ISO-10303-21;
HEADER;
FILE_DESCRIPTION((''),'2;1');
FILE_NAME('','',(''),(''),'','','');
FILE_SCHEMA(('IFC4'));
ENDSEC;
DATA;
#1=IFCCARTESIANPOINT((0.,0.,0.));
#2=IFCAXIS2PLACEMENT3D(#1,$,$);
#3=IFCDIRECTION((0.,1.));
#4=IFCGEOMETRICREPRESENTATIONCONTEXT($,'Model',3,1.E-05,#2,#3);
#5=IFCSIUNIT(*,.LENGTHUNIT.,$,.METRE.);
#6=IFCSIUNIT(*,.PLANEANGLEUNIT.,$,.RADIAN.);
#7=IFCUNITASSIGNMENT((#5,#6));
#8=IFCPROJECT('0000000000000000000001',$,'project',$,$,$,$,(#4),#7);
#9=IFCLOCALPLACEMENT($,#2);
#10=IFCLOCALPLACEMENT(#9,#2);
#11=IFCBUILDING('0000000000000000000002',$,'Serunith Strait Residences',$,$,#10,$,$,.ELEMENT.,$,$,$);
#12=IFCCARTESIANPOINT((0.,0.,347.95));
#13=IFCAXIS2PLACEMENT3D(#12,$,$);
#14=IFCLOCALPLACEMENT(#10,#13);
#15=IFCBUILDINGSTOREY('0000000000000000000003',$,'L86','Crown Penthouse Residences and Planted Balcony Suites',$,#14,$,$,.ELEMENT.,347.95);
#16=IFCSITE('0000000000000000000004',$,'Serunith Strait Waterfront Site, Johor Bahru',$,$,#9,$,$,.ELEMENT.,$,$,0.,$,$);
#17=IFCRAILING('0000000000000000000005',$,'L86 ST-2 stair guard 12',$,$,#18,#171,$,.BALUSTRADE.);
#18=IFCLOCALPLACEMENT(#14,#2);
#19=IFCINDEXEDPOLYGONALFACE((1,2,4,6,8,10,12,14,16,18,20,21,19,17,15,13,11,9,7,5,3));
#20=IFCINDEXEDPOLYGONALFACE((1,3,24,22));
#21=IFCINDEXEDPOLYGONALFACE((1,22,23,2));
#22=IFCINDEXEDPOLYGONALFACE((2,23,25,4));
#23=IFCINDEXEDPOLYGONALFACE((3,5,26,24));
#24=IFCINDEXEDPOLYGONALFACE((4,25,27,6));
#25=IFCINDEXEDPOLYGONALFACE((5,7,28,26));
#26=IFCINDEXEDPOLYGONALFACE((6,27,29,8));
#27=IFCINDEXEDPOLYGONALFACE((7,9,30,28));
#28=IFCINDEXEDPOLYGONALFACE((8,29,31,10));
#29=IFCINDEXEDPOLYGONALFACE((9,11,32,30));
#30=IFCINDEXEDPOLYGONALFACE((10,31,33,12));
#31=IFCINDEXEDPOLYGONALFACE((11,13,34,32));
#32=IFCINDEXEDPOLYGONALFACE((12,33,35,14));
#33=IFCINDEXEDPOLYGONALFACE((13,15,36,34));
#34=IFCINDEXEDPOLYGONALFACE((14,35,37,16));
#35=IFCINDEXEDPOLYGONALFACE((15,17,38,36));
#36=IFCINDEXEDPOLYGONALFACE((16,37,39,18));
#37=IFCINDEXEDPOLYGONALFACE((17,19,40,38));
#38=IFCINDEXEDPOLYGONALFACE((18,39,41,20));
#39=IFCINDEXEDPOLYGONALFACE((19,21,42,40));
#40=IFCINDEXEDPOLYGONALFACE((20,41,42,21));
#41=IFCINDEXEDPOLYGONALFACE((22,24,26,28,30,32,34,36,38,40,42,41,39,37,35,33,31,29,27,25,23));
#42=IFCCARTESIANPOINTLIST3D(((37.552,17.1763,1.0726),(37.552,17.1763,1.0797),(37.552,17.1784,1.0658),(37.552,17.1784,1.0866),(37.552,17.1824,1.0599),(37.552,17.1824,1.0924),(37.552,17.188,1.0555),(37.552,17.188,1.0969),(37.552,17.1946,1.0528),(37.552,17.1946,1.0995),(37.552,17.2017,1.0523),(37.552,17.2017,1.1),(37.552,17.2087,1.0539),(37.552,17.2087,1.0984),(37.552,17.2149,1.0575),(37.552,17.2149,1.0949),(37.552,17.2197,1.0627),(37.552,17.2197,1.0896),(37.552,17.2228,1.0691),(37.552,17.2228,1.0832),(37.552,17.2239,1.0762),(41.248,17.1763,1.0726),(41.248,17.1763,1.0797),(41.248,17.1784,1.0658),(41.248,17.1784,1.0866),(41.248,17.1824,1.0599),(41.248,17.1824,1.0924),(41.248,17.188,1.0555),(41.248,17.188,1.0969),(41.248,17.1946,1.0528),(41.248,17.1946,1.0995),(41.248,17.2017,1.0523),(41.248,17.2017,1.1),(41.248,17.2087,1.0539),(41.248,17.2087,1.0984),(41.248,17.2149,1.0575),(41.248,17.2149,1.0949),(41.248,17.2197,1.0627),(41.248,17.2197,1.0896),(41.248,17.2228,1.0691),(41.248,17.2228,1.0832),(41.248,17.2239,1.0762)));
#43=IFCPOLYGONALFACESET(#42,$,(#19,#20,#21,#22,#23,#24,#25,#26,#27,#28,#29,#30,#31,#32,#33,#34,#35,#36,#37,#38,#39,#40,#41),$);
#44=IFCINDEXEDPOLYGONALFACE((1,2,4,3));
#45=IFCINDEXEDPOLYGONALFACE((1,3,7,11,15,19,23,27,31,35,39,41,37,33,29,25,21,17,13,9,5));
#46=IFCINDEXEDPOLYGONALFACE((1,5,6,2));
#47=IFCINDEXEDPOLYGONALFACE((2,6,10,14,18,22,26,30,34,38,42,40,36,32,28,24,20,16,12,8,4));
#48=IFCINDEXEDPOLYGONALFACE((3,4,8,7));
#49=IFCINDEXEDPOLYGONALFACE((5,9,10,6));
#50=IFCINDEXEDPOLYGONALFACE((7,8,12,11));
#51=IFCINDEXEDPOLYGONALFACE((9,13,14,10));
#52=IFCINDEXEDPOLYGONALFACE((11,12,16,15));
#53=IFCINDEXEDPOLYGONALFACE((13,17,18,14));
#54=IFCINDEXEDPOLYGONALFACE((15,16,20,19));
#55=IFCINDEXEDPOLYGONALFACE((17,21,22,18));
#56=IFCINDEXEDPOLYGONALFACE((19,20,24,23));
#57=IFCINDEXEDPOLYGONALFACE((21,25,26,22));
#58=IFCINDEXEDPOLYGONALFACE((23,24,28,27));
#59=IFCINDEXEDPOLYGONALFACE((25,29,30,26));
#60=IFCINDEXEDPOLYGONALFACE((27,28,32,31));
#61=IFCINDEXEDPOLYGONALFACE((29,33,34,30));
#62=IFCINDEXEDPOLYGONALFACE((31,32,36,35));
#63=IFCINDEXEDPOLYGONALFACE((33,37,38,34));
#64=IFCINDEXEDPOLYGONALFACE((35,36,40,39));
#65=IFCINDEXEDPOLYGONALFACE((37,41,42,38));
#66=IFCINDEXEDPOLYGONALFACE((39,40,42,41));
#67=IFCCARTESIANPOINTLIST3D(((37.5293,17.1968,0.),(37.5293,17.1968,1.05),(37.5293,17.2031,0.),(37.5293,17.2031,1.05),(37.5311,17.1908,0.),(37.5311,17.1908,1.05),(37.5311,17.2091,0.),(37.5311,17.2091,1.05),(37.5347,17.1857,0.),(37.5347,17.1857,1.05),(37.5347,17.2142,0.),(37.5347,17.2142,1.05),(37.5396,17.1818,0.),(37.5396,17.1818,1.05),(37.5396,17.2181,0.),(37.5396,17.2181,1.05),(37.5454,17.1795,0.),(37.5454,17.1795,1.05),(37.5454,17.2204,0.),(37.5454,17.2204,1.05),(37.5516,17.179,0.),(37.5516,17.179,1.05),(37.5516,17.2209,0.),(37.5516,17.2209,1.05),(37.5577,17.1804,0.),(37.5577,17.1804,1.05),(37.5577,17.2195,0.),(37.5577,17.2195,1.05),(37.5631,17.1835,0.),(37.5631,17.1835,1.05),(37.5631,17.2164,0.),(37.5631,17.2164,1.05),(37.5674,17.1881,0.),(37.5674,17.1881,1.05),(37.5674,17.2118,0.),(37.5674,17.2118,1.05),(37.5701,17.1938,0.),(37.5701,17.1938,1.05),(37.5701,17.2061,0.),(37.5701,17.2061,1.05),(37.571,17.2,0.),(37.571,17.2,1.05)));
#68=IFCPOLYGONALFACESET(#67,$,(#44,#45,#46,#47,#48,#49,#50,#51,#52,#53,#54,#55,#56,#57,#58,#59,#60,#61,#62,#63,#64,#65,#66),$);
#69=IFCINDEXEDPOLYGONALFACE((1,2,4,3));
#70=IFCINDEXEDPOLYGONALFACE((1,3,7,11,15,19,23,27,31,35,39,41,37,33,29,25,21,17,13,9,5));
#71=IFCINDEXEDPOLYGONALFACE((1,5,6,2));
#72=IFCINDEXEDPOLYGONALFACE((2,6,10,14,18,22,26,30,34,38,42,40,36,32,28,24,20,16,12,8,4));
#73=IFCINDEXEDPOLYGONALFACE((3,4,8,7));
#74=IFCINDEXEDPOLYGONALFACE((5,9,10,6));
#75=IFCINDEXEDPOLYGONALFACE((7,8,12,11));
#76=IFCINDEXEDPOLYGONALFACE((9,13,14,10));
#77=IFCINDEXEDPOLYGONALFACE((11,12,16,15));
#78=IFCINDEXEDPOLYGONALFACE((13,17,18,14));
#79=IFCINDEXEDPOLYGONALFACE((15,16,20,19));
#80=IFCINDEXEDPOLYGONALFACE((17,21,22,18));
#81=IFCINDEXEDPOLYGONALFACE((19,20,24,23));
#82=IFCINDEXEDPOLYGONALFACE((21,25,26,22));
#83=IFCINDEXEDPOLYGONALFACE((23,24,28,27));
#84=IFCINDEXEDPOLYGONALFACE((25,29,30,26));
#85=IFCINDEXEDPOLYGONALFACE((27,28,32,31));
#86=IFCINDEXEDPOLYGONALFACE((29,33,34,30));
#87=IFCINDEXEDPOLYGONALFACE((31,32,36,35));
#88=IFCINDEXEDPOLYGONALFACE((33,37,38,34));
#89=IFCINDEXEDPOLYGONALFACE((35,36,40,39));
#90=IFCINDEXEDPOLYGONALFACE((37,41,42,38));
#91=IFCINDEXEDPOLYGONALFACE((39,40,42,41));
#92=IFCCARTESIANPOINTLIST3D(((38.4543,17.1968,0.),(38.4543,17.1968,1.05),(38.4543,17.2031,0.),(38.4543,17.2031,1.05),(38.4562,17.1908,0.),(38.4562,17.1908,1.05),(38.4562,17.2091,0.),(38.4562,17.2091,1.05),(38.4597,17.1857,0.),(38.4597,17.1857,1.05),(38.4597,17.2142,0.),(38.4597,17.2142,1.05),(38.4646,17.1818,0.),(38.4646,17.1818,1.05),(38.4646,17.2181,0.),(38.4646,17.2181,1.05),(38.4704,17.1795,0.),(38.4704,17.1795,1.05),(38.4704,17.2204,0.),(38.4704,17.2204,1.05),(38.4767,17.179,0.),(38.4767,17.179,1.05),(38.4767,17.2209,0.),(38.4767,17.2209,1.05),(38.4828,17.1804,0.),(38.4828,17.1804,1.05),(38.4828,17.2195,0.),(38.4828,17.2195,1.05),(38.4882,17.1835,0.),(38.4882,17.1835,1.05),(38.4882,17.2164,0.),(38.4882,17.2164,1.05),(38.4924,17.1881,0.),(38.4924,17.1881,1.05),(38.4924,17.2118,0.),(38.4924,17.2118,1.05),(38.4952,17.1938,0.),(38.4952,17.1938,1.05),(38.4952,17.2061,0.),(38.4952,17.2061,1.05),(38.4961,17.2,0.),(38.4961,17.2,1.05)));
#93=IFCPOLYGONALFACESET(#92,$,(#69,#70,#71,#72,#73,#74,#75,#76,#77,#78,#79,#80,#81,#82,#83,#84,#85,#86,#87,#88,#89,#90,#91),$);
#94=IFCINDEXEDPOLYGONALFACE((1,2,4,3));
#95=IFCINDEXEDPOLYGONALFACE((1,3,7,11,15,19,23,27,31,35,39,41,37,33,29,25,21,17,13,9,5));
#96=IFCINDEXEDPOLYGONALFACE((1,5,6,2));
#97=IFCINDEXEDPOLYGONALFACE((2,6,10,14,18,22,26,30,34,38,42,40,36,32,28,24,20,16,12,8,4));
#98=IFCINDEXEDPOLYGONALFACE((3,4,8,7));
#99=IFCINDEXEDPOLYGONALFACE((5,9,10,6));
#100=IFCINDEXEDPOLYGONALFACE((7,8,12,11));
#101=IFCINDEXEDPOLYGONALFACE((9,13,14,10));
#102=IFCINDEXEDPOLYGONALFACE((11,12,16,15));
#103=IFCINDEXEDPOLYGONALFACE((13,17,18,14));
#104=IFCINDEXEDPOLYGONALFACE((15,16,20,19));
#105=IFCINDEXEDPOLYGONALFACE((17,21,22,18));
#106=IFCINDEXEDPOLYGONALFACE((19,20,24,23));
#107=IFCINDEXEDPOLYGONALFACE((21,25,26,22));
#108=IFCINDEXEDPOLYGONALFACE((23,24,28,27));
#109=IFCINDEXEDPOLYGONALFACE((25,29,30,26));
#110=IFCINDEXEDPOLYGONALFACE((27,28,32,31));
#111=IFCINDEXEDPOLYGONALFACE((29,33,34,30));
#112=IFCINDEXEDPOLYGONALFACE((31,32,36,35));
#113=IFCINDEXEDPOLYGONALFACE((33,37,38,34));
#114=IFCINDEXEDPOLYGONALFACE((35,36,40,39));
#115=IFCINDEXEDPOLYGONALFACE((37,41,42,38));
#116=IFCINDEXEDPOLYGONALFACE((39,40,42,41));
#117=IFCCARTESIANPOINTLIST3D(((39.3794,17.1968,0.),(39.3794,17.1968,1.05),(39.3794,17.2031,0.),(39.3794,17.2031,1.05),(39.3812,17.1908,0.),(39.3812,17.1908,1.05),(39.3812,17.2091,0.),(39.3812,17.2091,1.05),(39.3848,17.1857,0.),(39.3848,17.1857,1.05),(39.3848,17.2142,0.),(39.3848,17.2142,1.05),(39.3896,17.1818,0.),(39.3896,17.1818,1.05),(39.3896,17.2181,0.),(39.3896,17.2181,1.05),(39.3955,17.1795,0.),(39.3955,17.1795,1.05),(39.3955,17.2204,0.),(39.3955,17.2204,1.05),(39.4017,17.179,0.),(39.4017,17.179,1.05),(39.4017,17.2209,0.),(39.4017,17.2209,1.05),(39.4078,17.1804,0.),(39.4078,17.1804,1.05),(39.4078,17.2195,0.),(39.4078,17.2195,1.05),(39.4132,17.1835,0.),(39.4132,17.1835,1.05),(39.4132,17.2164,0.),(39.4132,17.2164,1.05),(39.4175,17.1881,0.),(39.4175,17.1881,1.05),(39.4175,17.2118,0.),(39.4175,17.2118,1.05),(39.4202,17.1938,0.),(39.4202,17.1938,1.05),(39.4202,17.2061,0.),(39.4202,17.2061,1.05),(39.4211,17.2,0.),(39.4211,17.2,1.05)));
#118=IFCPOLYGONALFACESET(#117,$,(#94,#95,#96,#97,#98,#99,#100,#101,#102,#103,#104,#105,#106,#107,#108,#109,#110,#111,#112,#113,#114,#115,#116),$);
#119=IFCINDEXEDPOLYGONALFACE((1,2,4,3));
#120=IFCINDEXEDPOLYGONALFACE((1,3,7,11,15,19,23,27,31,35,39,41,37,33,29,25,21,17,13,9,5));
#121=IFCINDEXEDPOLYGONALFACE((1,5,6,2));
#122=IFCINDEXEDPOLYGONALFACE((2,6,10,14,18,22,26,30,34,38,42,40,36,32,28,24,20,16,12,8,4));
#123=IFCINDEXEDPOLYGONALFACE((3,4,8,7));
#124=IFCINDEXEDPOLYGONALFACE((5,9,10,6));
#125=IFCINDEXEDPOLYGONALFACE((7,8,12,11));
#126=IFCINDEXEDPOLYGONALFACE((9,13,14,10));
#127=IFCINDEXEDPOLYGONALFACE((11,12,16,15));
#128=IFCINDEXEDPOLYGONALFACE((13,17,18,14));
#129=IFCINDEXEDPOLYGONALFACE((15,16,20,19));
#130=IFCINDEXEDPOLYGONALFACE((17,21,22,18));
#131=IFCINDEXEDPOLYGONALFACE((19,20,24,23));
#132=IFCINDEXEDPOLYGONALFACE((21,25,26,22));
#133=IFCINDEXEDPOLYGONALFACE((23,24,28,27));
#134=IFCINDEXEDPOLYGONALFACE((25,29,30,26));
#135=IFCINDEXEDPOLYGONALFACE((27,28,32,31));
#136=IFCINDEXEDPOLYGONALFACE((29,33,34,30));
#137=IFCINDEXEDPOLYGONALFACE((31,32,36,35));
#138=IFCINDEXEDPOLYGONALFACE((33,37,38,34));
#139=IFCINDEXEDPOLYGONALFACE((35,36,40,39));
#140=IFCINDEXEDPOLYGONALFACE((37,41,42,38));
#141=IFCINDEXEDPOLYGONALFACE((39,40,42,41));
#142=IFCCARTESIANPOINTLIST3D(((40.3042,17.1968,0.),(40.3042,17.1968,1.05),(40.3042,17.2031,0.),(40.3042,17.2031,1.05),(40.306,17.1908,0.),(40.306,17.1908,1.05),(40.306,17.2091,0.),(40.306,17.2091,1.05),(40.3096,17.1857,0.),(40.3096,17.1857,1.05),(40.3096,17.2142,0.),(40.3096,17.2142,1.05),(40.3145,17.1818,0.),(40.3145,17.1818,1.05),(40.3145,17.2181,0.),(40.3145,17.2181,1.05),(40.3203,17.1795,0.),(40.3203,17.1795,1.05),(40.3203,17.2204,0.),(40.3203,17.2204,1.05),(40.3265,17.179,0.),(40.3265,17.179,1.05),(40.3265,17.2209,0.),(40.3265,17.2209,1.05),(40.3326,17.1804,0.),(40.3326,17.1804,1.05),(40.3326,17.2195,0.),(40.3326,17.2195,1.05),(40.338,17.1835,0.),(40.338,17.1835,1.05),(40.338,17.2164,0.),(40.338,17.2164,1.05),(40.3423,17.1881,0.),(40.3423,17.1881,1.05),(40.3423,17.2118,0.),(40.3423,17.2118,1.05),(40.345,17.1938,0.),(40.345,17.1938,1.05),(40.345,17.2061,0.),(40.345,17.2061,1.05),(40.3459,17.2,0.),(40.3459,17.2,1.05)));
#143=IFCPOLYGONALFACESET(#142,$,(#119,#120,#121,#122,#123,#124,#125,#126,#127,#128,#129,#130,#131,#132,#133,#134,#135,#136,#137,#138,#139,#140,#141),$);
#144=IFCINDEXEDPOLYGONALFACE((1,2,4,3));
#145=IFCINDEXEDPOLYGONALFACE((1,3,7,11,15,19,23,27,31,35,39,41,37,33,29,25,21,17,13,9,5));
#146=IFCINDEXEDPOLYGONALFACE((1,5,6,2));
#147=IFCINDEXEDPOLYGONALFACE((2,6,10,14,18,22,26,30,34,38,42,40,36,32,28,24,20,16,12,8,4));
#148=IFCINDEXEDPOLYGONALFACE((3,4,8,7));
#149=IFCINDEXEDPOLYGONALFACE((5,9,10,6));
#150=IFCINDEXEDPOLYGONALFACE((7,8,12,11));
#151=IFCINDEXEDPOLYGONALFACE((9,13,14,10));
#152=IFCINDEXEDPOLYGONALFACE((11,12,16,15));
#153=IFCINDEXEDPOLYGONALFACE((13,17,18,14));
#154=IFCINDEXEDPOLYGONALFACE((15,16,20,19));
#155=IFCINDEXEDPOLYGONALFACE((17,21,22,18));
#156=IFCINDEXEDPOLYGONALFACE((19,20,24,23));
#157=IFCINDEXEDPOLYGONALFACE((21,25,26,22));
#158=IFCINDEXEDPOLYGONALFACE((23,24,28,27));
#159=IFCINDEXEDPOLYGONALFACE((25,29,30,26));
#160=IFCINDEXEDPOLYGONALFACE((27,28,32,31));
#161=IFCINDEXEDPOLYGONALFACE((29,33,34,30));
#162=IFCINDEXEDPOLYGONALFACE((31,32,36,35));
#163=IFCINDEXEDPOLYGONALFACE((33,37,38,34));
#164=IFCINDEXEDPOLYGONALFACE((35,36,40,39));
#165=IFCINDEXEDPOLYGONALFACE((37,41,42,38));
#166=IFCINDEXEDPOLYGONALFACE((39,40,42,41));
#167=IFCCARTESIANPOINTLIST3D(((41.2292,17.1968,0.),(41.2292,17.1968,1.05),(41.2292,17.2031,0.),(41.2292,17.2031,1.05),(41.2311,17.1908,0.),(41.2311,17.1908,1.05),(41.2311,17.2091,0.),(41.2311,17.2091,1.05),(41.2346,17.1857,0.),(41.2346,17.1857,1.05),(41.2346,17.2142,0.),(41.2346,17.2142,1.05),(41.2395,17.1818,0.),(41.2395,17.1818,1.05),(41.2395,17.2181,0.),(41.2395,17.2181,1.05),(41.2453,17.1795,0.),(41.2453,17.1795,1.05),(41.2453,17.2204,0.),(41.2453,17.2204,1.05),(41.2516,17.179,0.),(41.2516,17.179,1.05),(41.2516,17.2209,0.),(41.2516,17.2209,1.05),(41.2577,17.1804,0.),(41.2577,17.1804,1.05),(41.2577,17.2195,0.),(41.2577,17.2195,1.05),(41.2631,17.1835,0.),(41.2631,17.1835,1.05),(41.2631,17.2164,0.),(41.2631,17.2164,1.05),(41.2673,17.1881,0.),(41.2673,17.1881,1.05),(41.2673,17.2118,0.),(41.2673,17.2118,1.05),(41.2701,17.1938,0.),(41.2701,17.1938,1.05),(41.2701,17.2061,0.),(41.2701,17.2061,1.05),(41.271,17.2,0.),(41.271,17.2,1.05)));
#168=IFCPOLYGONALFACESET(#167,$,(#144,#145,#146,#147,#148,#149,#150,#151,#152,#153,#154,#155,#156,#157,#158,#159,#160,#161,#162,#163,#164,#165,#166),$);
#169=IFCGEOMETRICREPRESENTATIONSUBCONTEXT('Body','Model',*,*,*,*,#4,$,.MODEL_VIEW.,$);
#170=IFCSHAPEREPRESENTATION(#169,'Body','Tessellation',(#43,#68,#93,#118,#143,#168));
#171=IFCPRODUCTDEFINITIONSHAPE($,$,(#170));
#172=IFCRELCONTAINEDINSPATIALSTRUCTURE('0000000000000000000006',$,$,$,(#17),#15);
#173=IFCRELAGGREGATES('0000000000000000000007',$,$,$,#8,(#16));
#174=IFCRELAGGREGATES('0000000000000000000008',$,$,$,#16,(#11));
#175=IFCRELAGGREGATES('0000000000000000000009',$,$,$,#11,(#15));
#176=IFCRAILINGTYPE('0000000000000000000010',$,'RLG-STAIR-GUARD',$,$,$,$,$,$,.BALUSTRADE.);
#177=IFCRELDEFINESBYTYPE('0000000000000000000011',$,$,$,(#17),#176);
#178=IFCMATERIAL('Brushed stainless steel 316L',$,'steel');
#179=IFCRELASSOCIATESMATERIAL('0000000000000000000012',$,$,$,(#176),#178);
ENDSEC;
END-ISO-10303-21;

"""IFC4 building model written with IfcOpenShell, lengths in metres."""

from ifc_helpers import new_model, si_unit, direction, frame, origin, origin_2d, place, context, subcontext, project, spatial, circle, extrude, material, type_object, element, save


model = new_model("IFC4")

# Units and contexts
model_context = context("Model", 3, precision=1e-05, world=origin(), true_north=direction((0.0, 1.0)))
body_context = subcontext(model_context, "Body", "Model", "MODEL_VIEW")
ifc_project = project(units=[si_unit("LENGTHUNIT", "METRE"), si_unit("PLANEANGLEUNIT", "RADIAN")], contexts=[model_context])

# Site, building, storey
site_placement = place(None, origin())
site = spatial("IfcSite", under=ifc_project, at=site_placement, Name="Serunith Strait Waterfront Site, Johor Bahru", CompositionType="ELEMENT", RefElevation=0.0)
building_placement = place(site_placement, origin())
building = spatial("IfcBuilding", under=site, at=building_placement, Name="Serunith Strait Residences", CompositionType="ELEMENT")
storey_placement = place(building_placement, frame((0.0, 0.0, 347.95)))
storey = spatial("IfcBuildingStorey", under=building, at=storey_placement, Name="L86", Description="Crown Penthouse Residences and Planted Balcony Suites", CompositionType="ELEMENT", Elevation=347.95)

# Railing
ifc_material_1 = material(Name="Brushed stainless steel 316L", Category="steel")
railing_type_1 = type_object("IfcRailingType", Name="RLG-STAIR-GUARD", PredefinedType="BALUSTRADE", material=ifc_material_1)
railing_1_placement = place(storey_placement, frame((37.55, 17.2, 0.0)))
element("IfcRailing", 1, at=railing_1_placement, inside=storey, type_object=railing_type_1, Name="L86 ST-2 stair guard 12", PredefinedType="BALUSTRADE", context=body_context, shape_type="SweptSolid", body=[
    extrude(circle(Radius=0.0239, at=origin_2d()), frame((0.002, 0.0, 1.0762), z_axis=(1.0, 0.0, 0.0), x_axis=(0.0, 1.0, 0.0)), (0.0, 0.0, 1.0), 3.696),
    extrude(circle(Radius=0.021, at=origin_2d()), origin(), (0.0, 0.0, 1.0), 1.05),
    extrude(circle(Radius=0.021, at=origin_2d()), frame((0.925, 0.0, 0.0)), (0.0, 0.0, 1.0), 1.05),
    extrude(circle(Radius=0.021, at=origin_2d()), frame((1.8501, 0.0, 0.0)), (0.0, 0.0, 1.0), 1.05),
    extrude(circle(Radius=0.021, at=origin_2d()), frame((2.7749, 0.0, 0.0)), (0.0, 0.0, 1.0), 1.05),
    extrude(circle(Radius=0.021, at=origin_2d()), frame((3.7, 0.0, 0.0)), (0.0, 0.0, 1.0), 1.05),
])

save(model, "model.ifc")
